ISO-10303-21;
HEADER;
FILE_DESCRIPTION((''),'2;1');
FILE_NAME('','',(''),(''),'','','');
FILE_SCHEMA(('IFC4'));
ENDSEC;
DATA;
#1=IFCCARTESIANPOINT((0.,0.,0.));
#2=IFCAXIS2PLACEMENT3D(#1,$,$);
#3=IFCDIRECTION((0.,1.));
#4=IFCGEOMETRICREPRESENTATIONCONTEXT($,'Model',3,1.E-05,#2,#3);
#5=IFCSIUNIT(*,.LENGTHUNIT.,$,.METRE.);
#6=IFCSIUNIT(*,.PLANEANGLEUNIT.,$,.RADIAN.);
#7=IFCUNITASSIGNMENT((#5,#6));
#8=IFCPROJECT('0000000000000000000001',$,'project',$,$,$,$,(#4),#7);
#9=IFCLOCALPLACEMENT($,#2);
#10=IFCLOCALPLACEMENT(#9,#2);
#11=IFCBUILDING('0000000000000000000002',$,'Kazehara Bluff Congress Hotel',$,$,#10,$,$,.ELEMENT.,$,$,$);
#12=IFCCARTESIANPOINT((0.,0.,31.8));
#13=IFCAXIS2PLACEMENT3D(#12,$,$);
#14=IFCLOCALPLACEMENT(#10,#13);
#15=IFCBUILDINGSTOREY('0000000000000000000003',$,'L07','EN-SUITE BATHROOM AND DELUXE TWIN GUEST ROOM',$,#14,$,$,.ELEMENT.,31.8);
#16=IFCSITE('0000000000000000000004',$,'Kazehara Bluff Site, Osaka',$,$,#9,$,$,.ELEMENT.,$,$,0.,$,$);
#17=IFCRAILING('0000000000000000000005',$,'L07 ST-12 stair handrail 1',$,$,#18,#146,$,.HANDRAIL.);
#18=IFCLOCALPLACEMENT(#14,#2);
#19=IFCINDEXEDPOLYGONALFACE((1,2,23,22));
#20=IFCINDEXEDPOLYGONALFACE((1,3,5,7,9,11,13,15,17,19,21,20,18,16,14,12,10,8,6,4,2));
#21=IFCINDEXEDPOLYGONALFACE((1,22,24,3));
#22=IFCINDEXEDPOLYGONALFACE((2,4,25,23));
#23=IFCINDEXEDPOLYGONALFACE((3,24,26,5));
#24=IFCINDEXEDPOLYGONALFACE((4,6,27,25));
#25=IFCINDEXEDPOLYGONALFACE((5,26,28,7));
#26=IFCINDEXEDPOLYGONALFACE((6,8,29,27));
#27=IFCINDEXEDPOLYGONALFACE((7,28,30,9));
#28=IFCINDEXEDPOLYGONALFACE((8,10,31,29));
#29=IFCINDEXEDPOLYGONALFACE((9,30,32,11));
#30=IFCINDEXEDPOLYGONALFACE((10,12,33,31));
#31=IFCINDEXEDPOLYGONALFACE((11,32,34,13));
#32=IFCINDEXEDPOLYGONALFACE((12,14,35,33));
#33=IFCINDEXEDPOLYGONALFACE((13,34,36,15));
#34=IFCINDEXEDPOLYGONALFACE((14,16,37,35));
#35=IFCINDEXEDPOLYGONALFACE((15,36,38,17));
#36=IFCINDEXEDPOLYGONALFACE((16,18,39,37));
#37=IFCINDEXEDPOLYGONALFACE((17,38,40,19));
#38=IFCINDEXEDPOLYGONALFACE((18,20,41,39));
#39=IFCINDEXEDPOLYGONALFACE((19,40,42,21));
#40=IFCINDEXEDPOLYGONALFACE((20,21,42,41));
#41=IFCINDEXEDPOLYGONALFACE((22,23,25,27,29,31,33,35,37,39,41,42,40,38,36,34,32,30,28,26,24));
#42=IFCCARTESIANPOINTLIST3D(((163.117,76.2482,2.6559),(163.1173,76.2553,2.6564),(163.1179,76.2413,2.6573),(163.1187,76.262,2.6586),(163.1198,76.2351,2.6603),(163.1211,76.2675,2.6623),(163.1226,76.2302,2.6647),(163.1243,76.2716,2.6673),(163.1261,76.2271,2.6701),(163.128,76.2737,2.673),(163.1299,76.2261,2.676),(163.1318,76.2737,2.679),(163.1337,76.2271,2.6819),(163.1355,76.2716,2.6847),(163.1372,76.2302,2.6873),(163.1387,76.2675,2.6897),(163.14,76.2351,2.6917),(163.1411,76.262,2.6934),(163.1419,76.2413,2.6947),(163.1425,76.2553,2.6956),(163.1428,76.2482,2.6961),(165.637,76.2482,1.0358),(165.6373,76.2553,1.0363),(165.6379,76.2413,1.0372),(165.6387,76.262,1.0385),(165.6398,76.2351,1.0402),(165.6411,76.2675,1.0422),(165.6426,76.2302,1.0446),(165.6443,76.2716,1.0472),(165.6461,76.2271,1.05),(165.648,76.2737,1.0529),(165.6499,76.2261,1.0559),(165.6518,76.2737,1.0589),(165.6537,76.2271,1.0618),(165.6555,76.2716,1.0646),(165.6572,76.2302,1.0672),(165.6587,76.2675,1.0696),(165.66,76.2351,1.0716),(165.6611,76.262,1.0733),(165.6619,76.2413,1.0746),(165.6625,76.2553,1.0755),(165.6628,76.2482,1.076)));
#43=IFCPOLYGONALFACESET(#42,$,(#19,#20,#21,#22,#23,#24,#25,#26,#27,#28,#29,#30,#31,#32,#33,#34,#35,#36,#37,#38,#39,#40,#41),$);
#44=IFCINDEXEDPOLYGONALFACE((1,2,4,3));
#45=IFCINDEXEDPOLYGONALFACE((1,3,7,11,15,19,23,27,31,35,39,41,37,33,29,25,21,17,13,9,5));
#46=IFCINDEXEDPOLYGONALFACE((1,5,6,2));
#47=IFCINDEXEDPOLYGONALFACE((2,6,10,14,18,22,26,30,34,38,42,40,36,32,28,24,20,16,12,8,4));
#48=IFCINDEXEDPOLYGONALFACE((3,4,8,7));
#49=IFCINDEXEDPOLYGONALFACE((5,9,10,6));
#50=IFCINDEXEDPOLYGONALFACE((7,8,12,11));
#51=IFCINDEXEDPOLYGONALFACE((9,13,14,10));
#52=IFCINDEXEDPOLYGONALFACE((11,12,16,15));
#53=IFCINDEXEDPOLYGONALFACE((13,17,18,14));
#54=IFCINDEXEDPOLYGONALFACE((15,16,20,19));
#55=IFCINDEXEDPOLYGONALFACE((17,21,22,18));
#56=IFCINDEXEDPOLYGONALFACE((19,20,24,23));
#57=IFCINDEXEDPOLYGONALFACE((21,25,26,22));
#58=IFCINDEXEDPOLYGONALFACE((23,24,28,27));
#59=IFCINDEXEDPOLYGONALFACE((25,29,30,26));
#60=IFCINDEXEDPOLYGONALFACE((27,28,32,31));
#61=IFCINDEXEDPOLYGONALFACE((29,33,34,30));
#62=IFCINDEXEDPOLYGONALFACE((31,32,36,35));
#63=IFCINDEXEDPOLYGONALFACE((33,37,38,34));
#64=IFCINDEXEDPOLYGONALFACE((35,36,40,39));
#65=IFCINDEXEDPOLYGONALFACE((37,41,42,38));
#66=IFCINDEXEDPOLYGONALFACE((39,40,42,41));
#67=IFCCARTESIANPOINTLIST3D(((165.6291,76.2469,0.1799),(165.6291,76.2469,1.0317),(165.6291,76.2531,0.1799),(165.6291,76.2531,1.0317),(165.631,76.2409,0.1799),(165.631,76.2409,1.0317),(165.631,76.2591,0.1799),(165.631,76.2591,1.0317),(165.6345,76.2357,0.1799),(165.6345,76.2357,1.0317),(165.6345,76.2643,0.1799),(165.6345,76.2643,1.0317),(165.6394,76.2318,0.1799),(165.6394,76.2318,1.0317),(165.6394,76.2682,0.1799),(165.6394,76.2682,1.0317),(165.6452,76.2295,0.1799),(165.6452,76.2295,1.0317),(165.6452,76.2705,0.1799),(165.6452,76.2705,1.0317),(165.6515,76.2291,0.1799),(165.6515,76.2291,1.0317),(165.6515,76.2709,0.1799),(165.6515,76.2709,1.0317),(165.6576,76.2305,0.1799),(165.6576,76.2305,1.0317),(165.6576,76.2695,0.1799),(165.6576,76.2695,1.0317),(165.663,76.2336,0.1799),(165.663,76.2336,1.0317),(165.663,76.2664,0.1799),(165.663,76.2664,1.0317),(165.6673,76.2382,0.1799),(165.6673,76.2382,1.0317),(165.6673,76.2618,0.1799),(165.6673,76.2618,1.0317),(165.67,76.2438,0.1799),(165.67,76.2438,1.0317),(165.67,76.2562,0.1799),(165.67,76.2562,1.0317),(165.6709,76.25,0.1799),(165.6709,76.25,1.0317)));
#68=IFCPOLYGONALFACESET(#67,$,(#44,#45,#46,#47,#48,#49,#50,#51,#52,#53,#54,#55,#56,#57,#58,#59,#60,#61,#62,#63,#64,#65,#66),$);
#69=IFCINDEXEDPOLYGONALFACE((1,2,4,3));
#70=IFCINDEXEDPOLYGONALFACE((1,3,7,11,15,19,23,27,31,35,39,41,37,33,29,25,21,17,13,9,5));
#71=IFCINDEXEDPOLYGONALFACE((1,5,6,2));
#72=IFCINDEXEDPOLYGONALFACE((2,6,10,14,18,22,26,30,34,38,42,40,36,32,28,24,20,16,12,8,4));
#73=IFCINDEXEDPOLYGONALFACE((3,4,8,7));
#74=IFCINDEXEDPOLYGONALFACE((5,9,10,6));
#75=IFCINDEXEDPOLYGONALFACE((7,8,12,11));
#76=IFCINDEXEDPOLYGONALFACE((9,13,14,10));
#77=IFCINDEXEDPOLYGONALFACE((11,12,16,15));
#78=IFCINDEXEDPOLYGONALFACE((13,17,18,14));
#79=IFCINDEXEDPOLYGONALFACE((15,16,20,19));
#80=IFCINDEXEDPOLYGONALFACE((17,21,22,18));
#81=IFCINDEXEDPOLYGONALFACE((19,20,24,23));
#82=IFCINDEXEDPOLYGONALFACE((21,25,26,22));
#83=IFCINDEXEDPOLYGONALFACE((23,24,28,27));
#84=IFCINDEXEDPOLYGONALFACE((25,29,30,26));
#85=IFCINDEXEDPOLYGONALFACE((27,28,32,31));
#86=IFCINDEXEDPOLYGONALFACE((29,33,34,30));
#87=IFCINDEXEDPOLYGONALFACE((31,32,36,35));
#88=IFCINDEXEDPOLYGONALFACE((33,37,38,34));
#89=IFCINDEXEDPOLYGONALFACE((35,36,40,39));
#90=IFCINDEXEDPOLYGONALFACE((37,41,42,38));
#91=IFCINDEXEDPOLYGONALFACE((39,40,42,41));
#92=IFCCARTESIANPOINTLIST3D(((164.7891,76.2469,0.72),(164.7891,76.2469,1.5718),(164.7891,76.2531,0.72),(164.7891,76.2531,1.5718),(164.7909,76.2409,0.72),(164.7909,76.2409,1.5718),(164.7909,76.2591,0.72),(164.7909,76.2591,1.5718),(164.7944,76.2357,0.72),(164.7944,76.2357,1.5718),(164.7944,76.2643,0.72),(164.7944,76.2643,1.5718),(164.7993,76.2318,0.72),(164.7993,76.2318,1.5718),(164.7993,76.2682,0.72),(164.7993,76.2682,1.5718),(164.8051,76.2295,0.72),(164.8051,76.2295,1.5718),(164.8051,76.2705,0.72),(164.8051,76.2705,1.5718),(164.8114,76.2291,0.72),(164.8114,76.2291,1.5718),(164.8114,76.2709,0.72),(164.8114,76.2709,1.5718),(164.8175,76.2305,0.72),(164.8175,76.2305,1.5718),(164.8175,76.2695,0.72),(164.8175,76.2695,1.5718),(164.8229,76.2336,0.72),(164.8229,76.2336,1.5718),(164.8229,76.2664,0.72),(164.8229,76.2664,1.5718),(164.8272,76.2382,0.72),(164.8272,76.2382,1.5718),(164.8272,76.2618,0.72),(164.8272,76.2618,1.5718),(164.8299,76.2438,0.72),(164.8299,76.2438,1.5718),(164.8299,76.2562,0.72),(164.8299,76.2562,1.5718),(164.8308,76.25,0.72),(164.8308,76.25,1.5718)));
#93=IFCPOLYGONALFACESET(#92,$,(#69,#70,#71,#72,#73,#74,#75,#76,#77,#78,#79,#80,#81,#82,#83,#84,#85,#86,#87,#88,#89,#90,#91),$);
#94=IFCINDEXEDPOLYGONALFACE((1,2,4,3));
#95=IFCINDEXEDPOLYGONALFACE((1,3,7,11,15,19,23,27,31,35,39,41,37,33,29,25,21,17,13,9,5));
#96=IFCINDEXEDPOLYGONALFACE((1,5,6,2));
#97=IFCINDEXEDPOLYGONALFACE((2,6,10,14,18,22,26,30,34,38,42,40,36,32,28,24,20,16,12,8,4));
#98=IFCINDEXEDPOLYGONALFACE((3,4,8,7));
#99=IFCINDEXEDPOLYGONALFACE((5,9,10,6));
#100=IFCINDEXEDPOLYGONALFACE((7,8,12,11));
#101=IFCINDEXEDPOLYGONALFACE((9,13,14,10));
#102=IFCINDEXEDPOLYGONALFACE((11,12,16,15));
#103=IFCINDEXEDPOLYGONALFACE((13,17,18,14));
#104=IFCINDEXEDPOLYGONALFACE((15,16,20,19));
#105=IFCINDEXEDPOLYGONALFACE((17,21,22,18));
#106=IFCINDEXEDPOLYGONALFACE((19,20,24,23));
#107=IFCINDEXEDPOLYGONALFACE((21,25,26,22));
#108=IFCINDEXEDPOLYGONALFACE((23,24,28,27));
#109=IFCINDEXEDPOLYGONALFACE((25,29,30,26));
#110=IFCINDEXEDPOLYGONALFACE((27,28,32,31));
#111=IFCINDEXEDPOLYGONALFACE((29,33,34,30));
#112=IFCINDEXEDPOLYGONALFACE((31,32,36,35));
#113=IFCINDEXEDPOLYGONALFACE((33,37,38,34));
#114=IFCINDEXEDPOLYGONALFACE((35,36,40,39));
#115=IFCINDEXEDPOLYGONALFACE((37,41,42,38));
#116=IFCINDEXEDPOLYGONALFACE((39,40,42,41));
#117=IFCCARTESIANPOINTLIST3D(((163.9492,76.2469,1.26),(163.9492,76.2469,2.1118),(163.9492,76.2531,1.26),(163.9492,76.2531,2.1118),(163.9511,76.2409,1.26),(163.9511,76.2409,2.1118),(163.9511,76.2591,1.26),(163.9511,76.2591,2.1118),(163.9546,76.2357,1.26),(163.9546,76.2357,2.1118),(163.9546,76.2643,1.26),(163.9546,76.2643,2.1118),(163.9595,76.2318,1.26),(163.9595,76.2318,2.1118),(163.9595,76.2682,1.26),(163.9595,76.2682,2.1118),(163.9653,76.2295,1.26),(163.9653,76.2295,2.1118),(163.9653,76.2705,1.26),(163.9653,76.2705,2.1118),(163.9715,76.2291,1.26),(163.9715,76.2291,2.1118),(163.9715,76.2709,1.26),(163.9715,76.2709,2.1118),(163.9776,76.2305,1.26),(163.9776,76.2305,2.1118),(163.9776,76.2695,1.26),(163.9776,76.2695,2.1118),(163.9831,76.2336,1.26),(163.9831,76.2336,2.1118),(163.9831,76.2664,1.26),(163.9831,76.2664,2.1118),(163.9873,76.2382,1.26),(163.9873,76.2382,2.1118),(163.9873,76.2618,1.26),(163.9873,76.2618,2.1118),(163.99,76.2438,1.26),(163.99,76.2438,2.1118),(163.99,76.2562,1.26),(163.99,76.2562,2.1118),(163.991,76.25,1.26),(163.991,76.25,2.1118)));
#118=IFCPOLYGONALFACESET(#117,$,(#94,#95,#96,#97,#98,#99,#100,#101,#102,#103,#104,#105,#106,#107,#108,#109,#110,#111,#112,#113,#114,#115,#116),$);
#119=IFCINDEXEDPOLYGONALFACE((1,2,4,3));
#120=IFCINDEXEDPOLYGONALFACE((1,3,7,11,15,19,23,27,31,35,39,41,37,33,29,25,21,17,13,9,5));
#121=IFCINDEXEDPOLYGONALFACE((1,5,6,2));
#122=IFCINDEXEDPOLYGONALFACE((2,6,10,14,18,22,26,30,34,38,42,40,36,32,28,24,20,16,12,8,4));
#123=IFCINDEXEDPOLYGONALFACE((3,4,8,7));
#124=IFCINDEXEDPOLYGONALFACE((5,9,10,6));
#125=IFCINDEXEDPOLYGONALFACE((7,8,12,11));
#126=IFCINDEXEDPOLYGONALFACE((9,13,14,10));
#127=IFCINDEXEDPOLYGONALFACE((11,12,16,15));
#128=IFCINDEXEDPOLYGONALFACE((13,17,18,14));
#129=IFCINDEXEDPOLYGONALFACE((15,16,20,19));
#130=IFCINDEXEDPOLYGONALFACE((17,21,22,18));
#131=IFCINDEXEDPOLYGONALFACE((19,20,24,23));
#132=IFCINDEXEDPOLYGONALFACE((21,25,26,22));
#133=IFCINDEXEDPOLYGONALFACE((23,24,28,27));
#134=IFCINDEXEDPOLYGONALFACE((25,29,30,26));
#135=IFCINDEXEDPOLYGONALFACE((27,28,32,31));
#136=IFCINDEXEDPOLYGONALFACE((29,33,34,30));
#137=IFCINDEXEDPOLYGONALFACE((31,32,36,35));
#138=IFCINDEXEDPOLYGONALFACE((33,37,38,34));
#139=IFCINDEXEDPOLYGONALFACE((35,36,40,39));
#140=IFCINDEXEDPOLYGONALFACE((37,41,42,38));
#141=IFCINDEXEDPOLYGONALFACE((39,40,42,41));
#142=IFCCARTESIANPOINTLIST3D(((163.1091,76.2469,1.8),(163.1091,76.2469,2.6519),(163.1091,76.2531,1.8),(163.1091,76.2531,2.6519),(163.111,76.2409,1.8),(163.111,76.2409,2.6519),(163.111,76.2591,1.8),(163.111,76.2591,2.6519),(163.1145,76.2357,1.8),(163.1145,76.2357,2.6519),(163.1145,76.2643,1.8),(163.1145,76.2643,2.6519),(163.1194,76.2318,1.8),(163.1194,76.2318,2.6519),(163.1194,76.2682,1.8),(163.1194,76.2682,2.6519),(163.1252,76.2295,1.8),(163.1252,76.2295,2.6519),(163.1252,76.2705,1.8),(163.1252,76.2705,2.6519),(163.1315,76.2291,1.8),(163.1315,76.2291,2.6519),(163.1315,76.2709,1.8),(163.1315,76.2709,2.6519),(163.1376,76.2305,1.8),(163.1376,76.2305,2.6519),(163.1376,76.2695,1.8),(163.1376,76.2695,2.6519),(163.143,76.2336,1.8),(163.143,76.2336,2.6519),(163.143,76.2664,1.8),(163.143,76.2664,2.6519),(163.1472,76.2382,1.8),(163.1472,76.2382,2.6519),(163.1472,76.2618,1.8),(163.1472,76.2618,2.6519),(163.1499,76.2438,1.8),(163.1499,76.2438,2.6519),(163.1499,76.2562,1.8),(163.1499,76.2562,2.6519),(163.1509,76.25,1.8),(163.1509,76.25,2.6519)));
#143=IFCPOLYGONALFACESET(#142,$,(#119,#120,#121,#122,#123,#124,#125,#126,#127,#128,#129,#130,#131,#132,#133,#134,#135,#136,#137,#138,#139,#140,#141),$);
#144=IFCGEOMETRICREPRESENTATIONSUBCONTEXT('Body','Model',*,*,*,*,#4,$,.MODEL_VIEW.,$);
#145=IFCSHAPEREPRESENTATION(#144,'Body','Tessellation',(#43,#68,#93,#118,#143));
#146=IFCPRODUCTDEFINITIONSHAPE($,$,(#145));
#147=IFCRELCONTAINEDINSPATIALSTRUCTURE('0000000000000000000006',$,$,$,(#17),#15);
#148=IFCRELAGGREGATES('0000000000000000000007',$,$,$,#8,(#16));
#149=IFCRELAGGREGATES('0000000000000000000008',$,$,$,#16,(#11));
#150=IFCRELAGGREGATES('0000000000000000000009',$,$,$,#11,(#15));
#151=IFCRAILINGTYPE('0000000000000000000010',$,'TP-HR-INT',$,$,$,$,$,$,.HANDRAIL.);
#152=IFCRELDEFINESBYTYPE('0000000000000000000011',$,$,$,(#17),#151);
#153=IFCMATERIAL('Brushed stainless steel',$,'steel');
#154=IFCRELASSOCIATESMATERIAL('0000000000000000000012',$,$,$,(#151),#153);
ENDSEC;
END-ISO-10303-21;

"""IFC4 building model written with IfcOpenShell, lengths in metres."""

from ifc_helpers import new_model, si_unit, direction, frame, origin, origin_2d, place, context, subcontext, project, spatial, circle, extrude, material, type_object, element, save


model = new_model("IFC4")

# Units and contexts
model_context = context("Model", 3, precision=1e-05, world=origin(), true_north=direction((0.0, 1.0)))
body_context = subcontext(model_context, "Body", "Model", "MODEL_VIEW")
ifc_project = project(units=[si_unit("LENGTHUNIT", "METRE"), si_unit("PLANEANGLEUNIT", "RADIAN")], contexts=[model_context])

# Site, building, storey
site_placement = place(None, origin())
site = spatial("IfcSite", under=ifc_project, at=site_placement, Name="Kazehara Bluff Site, Osaka", CompositionType="ELEMENT", RefElevation=0.0)
building_placement = place(site_placement, origin())
building = spatial("IfcBuilding", under=site, at=building_placement, Name="Kazehara Bluff Congress Hotel", CompositionType="ELEMENT")
storey_placement = place(building_placement, frame((0.0, 0.0, 31.8)))
storey = spatial("IfcBuildingStorey", under=building, at=storey_placement, Name="L07", Description="EN-SUITE BATHROOM AND DELUXE TWIN GUEST ROOM", CompositionType="ELEMENT", Elevation=31.8)

# Railing
ifc_material_1 = material(Name="Brushed stainless steel", Category="steel")
railing_type_1 = type_object("IfcRailingType", Name="TP-HR-INT", PredefinedType="HANDRAIL", material=ifc_material_1)
railing_1_placement = place(storey_placement, frame((165.6499, 76.25, 0.1799)))
element("IfcRailing", 1, at=railing_1_placement, inside=storey, type_object=railing_type_1, Name="L07 ST-12 stair handrail 1", PredefinedType="HANDRAIL", context=body_context, shape_type="SweptSolid", body=[
    extrude(circle(Radius=0.0239, at=origin_2d()), frame((0.0, 0.0, 0.876), z_axis=(-0.841163, 0.0, 0.540782), x_axis=(0.0, -1.0, 0.0)), (0.0, 0.0, 1.0), 2.9958),
    extrude(circle(Radius=0.021, at=origin_2d()), origin(), (0.0, 0.0, 1.0), 0.8518),
    extrude(circle(Radius=0.021, at=origin_2d()), frame((-0.8401, 0.0, 0.54)), (0.0, 0.0, 1.0), 0.8518),
    extrude(circle(Radius=0.021, at=origin_2d()), frame((-1.6799, 0.0, 1.0801)), (0.0, 0.0, 1.0), 0.8518),
    extrude(circle(Radius=0.021, at=origin_2d()), frame((-2.52, 0.0, 1.6201)), (0.0, 0.0, 1.0), 0.8518),
])

save(model, "model.ifc")
